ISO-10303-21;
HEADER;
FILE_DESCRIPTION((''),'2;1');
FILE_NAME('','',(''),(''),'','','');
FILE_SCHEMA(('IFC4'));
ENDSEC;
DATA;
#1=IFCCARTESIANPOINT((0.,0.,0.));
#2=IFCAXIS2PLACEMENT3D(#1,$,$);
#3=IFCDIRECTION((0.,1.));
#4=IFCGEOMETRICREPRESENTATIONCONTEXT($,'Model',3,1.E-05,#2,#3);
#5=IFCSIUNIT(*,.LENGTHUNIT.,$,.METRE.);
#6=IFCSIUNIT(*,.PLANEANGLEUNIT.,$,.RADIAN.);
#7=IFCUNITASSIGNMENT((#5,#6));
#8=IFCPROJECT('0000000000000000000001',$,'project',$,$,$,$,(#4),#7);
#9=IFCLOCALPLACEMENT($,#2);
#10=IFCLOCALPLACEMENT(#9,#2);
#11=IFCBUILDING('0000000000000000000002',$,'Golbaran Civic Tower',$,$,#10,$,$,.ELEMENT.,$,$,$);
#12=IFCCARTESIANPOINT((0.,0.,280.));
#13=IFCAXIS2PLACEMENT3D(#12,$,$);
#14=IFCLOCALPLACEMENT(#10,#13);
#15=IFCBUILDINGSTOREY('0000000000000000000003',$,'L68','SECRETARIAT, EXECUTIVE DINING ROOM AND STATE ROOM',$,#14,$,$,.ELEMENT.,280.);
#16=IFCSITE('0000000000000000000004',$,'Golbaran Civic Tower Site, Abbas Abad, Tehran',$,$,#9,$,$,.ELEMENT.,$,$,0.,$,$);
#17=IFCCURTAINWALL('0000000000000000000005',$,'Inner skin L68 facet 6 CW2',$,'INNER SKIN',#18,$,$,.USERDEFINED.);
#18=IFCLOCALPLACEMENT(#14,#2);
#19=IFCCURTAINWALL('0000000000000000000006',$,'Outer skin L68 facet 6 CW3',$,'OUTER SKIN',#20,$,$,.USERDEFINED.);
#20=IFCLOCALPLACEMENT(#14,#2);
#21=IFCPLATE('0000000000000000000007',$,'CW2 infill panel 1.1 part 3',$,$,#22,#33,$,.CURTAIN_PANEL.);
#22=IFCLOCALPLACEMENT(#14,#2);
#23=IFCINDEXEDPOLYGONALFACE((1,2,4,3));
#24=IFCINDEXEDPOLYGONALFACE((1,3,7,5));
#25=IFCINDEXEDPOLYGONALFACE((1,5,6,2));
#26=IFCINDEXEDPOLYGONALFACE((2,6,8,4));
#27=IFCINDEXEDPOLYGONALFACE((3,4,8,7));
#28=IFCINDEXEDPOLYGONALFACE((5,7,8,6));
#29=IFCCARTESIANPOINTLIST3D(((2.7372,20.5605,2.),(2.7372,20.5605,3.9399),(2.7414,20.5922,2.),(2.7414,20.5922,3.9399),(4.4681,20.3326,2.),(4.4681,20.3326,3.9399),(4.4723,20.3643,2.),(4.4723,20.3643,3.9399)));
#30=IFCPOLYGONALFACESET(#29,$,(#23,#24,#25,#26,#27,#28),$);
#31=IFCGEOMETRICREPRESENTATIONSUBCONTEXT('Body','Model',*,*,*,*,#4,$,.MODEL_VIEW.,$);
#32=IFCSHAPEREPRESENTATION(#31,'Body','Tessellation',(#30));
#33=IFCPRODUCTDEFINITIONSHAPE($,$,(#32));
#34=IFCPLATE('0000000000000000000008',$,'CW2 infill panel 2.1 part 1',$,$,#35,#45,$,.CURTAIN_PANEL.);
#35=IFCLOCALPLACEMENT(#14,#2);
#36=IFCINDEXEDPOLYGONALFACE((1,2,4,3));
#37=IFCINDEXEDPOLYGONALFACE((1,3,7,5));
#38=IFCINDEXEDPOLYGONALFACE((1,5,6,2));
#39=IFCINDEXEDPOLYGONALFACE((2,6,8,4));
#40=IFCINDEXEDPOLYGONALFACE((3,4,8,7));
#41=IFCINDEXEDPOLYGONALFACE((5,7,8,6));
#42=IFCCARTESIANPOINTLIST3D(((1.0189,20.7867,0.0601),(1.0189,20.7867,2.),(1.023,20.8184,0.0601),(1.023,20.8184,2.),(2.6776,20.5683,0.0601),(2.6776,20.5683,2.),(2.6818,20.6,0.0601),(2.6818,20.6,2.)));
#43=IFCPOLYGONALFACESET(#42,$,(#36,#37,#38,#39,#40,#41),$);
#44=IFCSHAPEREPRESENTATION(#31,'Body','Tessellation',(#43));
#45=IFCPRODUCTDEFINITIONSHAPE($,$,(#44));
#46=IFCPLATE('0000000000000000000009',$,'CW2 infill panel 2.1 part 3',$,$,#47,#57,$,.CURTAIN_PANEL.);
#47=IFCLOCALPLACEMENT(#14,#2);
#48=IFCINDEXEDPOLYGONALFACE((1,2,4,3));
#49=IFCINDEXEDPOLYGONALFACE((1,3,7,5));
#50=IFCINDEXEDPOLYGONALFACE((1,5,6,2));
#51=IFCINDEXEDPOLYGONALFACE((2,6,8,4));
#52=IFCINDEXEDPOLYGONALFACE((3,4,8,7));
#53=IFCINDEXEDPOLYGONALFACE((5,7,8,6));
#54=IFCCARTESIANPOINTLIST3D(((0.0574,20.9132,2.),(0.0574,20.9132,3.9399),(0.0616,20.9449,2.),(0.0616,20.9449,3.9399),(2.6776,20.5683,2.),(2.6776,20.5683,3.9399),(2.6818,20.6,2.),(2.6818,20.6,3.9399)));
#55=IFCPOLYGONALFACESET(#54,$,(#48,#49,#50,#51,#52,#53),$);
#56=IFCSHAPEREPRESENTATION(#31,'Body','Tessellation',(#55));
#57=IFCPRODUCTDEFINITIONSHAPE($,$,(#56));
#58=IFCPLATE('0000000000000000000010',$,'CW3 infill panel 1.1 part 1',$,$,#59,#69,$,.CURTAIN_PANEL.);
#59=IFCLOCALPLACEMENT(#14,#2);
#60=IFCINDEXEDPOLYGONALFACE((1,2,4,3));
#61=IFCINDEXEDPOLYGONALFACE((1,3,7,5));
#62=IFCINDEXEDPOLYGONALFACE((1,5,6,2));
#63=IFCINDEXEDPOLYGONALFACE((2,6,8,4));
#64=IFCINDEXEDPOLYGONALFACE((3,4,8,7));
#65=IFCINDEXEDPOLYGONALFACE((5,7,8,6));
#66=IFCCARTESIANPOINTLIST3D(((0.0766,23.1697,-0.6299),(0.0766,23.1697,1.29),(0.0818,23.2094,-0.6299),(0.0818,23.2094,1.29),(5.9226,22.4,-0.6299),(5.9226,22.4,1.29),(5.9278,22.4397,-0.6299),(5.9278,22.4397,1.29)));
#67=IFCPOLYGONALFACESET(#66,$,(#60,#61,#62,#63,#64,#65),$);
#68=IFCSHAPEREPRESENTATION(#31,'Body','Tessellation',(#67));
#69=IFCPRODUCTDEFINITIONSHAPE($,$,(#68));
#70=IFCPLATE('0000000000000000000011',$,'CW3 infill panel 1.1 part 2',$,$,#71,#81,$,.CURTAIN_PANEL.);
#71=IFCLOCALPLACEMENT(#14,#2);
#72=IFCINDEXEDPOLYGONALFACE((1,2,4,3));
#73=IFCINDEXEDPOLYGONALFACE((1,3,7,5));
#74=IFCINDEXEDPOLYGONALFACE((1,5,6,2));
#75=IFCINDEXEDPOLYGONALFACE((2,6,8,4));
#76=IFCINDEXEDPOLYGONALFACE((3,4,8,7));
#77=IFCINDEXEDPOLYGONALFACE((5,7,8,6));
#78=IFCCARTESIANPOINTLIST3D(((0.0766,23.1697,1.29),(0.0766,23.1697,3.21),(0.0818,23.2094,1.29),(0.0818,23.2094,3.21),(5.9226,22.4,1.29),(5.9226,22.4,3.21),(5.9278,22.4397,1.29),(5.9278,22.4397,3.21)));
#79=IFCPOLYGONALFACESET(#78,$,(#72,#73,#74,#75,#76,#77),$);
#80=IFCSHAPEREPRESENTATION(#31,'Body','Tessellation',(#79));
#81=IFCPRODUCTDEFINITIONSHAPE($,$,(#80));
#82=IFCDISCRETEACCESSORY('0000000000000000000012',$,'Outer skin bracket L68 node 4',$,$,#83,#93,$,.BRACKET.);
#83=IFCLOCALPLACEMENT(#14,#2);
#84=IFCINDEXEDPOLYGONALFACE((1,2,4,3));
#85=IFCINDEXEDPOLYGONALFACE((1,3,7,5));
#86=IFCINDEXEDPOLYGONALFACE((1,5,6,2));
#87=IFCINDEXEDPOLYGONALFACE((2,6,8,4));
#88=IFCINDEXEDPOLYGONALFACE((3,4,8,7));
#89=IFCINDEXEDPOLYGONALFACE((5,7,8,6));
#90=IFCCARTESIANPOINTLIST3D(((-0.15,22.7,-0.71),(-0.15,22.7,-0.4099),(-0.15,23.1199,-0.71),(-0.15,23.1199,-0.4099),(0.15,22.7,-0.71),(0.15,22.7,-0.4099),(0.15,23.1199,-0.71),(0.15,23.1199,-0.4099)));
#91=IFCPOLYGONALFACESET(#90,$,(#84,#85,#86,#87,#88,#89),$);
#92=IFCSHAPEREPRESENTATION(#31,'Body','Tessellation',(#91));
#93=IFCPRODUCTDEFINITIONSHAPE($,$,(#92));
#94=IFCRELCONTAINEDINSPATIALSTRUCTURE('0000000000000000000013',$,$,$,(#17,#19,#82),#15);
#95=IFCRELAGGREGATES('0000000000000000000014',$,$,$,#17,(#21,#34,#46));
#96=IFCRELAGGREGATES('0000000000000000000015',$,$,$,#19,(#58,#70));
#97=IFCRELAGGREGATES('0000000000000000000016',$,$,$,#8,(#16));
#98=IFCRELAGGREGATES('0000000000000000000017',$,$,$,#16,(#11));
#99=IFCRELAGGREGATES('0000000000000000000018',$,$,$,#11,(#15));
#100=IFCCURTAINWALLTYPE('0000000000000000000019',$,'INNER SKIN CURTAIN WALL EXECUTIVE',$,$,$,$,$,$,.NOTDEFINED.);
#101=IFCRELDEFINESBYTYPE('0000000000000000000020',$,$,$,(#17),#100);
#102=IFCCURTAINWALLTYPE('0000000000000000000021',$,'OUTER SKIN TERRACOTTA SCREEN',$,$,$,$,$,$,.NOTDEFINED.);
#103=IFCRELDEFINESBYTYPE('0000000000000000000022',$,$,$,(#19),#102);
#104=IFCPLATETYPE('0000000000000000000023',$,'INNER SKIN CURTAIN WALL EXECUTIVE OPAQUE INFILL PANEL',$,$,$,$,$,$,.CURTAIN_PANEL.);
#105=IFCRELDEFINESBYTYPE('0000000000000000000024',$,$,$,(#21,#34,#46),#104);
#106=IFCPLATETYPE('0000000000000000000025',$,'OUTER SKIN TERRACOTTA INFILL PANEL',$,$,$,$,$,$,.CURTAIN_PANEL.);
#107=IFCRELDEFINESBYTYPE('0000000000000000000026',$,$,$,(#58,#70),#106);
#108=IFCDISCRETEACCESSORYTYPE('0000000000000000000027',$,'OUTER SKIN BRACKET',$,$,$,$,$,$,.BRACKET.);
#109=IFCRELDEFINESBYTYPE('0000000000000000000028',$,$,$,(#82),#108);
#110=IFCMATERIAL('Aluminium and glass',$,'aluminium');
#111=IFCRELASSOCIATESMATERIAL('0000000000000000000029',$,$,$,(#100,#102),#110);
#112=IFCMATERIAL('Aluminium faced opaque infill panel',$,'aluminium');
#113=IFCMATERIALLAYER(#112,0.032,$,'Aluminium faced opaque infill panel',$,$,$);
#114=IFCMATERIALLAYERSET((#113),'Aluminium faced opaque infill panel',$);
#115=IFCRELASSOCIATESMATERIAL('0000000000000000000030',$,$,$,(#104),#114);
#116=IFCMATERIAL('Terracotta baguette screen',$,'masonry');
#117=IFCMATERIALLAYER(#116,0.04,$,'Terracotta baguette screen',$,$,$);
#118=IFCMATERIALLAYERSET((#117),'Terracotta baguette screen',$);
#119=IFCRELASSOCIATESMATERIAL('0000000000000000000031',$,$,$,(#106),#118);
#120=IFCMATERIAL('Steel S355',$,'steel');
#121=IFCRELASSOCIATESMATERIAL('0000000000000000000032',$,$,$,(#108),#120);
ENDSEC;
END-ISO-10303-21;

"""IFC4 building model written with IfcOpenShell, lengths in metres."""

from ifc_helpers import new_model, si_unit, direction, frame, origin, origin_2d, place, context, subcontext, project, spatial, rectangle, extrude, material, layer, layer_set, type_object, element, aggregate, save


model = new_model("IFC4")

# Units and contexts
model_context = context("Model", 3, precision=1e-05, world=origin(), true_north=direction((0.0, 1.0)))
body_context = subcontext(model_context, "Body", "Model", "MODEL_VIEW")
ifc_project = project(units=[si_unit("LENGTHUNIT", "METRE"), si_unit("PLANEANGLEUNIT", "RADIAN")], contexts=[model_context])

# Site, building, storey
site_placement = place(None, origin())
site = spatial("IfcSite", under=ifc_project, at=site_placement, Name="Golbaran Civic Tower Site, Abbas Abad, Tehran", CompositionType="ELEMENT", RefElevation=0.0)
building_placement = place(site_placement, origin())
building = spatial("IfcBuilding", under=site, at=building_placement, Name="Golbaran Civic Tower", CompositionType="ELEMENT")
storey_placement = place(building_placement, frame((0.0, 0.0, 280.0)))
storey = spatial("IfcBuildingStorey", under=building, at=storey_placement, Name="L68", Description="SECRETARIAT, EXECUTIVE DINING ROOM AND STATE ROOM", CompositionType="ELEMENT", Elevation=280.0)

# Shared definitions
ifc_material_1 = material(Name="Aluminium and glass", Category="aluminium")
curtain_wall_type_1 = type_object("IfcCurtainWallType", Name="INNER SKIN CURTAIN WALL EXECUTIVE", PredefinedType="NOTDEFINED", material=ifc_material_1)

# Curtain walls
curtain_wall_1_placement = place(storey_placement, origin())
curtain_wall_1 = element("IfcCurtainWall", 1, at=curtain_wall_1_placement, inside=storey, type_object=curtain_wall_type_1, Name="Inner skin L68 facet 6 CW2", ObjectType="INNER SKIN", PredefinedType="USERDEFINED")
curtain_wall_type_2 = type_object("IfcCurtainWallType", Name="OUTER SKIN TERRACOTTA SCREEN", PredefinedType="NOTDEFINED", material=ifc_material_1)
curtain_wall_2_placement = place(storey_placement, origin())
curtain_wall_2 = element("IfcCurtainWall", 2, at=curtain_wall_2_placement, inside=storey, type_object=curtain_wall_type_2, Name="Outer skin L68 facet 6 CW3", ObjectType="OUTER SKIN", PredefinedType="USERDEFINED")

# Plates
ifc_material_2 = material(Name="Aluminium faced opaque infill panel", Category="aluminium")
ifc_layer_1 = layer(ifc_material_2, 0.032, Name="Aluminium faced opaque infill panel")
ifc_layer_set_1 = layer_set([ifc_layer_1], Name="Aluminium faced opaque infill panel")
plate_type_1 = type_object("IfcPlateType", Name="INNER SKIN CURTAIN WALL EXECUTIVE OPAQUE INFILL PANEL", PredefinedType="CURTAIN_PANEL", material=ifc_layer_set_1)
plate_1_placement = place(storey_placement, frame((3.6047, 20.4624, 2.0), z_axis=(0.0, 0.0, 1.0), x_axis=(-0.991445, 0.130526, 0.0)))
plate_1 = element("IfcPlate", 3, at=plate_1_placement, type_object=plate_type_1, Name="CW2 infill panel 1.1 part 3", PredefinedType="CURTAIN_PANEL", context=body_context, shape_type="SweptSolid", body=[
    extrude(rectangle(XDim=1.7458, YDim=0.032, at=origin_2d()), origin(), (0.0, 0.0, 1.0), 1.9399),
])
plate_2_placement = place(storey_placement, frame((1.8503, 20.6934, 0.0601), z_axis=(0.0, 0.0, 1.0), x_axis=(-0.991445, 0.130526, 0.0)))
plate_2 = element("IfcPlate", 4, at=plate_2_placement, type_object=plate_type_1, Name="CW2 infill panel 2.1 part 1", PredefinedType="CURTAIN_PANEL", context=body_context, shape_type="SweptSolid", body=[
    extrude(rectangle(XDim=1.6731, YDim=0.032, at=origin_2d()), origin(), (0.0, 0.0, 1.0), 1.9399),
])
plate_3_placement = place(storey_placement, frame((1.3696, 20.7566, 2.0), z_axis=(0.0, 0.0, 1.0), x_axis=(-0.991445, 0.130526, 0.0)))
plate_3 = element("IfcPlate", 5, at=plate_3_placement, type_object=plate_type_1, Name="CW2 infill panel 2.1 part 3", PredefinedType="CURTAIN_PANEL", context=body_context, shape_type="SweptSolid", body=[
    extrude(rectangle(XDim=2.6428, YDim=0.032, at=origin_2d()), origin(), (0.0, 0.0, 1.0), 1.9399),
])
aggregate(curtain_wall_1, [plate_1, plate_2, plate_3])
ifc_material_3 = material(Name="Terracotta baguette screen", Category="masonry")
ifc_layer_2 = layer(ifc_material_3, 0.04, Name="Terracotta baguette screen")
ifc_layer_set_2 = layer_set([ifc_layer_2], Name="Terracotta baguette screen")
plate_type_2 = type_object("IfcPlateType", Name="OUTER SKIN TERRACOTTA INFILL PANEL", PredefinedType="CURTAIN_PANEL", material=ifc_layer_set_2)
plate_4_placement = place(storey_placement, frame((3.0022, 22.8047, -0.6299), z_axis=(0.0, 0.0, 1.0), x_axis=(-0.991445, 0.130526, 0.0)))
plate_4 = element("IfcPlate", 6, at=plate_4_placement, type_object=plate_type_2, Name="CW3 infill panel 1.1 part 1", PredefinedType="CURTAIN_PANEL", context=body_context, shape_type="SweptSolid", body=[
    extrude(rectangle(XDim=5.8965, YDim=0.04, at=origin_2d()), origin(), (0.0, 0.0, 1.0), 1.9199),
])
plate_5_placement = place(storey_placement, frame((3.0022, 22.8047, 1.29), z_axis=(0.0, 0.0, 1.0), x_axis=(-0.991445, 0.130526, 0.0)))
plate_5 = element("IfcPlate", 7, at=plate_5_placement, type_object=plate_type_2, Name="CW3 infill panel 1.1 part 2", PredefinedType="CURTAIN_PANEL", context=body_context, shape_type="SweptSolid", body=[
    extrude(rectangle(XDim=5.8965, YDim=0.04, at=origin_2d()), origin(), (0.0, 0.0, 1.0), 1.9199),
])
aggregate(curtain_wall_2, [plate_4, plate_5])

# Discrete accessory
ifc_material_4 = material(Name="Steel S355", Category="steel")
discrete_accessory_type = type_object("IfcDiscreteAccessoryType", Name="OUTER SKIN BRACKET", PredefinedType="BRACKET", material=ifc_material_4)
discrete_accessory_placement = place(storey_placement, frame((0.0, 22.9099, -0.71), z_axis=(0.0, 0.0, 1.0), x_axis=(0.0, 1.0, 0.0)))
element("IfcDiscreteAccessory", 8, at=discrete_accessory_placement, inside=storey, type_object=discrete_accessory_type, Name="Outer skin bracket L68 node 4", PredefinedType="BRACKET", context=body_context, shape_type="SweptSolid", body=[
    extrude(rectangle(XDim=0.4199, YDim=0.3, at=origin_2d()), origin(), (0.0, 0.0, 1.0), 0.3),
])

save(model, "model.ifc")
